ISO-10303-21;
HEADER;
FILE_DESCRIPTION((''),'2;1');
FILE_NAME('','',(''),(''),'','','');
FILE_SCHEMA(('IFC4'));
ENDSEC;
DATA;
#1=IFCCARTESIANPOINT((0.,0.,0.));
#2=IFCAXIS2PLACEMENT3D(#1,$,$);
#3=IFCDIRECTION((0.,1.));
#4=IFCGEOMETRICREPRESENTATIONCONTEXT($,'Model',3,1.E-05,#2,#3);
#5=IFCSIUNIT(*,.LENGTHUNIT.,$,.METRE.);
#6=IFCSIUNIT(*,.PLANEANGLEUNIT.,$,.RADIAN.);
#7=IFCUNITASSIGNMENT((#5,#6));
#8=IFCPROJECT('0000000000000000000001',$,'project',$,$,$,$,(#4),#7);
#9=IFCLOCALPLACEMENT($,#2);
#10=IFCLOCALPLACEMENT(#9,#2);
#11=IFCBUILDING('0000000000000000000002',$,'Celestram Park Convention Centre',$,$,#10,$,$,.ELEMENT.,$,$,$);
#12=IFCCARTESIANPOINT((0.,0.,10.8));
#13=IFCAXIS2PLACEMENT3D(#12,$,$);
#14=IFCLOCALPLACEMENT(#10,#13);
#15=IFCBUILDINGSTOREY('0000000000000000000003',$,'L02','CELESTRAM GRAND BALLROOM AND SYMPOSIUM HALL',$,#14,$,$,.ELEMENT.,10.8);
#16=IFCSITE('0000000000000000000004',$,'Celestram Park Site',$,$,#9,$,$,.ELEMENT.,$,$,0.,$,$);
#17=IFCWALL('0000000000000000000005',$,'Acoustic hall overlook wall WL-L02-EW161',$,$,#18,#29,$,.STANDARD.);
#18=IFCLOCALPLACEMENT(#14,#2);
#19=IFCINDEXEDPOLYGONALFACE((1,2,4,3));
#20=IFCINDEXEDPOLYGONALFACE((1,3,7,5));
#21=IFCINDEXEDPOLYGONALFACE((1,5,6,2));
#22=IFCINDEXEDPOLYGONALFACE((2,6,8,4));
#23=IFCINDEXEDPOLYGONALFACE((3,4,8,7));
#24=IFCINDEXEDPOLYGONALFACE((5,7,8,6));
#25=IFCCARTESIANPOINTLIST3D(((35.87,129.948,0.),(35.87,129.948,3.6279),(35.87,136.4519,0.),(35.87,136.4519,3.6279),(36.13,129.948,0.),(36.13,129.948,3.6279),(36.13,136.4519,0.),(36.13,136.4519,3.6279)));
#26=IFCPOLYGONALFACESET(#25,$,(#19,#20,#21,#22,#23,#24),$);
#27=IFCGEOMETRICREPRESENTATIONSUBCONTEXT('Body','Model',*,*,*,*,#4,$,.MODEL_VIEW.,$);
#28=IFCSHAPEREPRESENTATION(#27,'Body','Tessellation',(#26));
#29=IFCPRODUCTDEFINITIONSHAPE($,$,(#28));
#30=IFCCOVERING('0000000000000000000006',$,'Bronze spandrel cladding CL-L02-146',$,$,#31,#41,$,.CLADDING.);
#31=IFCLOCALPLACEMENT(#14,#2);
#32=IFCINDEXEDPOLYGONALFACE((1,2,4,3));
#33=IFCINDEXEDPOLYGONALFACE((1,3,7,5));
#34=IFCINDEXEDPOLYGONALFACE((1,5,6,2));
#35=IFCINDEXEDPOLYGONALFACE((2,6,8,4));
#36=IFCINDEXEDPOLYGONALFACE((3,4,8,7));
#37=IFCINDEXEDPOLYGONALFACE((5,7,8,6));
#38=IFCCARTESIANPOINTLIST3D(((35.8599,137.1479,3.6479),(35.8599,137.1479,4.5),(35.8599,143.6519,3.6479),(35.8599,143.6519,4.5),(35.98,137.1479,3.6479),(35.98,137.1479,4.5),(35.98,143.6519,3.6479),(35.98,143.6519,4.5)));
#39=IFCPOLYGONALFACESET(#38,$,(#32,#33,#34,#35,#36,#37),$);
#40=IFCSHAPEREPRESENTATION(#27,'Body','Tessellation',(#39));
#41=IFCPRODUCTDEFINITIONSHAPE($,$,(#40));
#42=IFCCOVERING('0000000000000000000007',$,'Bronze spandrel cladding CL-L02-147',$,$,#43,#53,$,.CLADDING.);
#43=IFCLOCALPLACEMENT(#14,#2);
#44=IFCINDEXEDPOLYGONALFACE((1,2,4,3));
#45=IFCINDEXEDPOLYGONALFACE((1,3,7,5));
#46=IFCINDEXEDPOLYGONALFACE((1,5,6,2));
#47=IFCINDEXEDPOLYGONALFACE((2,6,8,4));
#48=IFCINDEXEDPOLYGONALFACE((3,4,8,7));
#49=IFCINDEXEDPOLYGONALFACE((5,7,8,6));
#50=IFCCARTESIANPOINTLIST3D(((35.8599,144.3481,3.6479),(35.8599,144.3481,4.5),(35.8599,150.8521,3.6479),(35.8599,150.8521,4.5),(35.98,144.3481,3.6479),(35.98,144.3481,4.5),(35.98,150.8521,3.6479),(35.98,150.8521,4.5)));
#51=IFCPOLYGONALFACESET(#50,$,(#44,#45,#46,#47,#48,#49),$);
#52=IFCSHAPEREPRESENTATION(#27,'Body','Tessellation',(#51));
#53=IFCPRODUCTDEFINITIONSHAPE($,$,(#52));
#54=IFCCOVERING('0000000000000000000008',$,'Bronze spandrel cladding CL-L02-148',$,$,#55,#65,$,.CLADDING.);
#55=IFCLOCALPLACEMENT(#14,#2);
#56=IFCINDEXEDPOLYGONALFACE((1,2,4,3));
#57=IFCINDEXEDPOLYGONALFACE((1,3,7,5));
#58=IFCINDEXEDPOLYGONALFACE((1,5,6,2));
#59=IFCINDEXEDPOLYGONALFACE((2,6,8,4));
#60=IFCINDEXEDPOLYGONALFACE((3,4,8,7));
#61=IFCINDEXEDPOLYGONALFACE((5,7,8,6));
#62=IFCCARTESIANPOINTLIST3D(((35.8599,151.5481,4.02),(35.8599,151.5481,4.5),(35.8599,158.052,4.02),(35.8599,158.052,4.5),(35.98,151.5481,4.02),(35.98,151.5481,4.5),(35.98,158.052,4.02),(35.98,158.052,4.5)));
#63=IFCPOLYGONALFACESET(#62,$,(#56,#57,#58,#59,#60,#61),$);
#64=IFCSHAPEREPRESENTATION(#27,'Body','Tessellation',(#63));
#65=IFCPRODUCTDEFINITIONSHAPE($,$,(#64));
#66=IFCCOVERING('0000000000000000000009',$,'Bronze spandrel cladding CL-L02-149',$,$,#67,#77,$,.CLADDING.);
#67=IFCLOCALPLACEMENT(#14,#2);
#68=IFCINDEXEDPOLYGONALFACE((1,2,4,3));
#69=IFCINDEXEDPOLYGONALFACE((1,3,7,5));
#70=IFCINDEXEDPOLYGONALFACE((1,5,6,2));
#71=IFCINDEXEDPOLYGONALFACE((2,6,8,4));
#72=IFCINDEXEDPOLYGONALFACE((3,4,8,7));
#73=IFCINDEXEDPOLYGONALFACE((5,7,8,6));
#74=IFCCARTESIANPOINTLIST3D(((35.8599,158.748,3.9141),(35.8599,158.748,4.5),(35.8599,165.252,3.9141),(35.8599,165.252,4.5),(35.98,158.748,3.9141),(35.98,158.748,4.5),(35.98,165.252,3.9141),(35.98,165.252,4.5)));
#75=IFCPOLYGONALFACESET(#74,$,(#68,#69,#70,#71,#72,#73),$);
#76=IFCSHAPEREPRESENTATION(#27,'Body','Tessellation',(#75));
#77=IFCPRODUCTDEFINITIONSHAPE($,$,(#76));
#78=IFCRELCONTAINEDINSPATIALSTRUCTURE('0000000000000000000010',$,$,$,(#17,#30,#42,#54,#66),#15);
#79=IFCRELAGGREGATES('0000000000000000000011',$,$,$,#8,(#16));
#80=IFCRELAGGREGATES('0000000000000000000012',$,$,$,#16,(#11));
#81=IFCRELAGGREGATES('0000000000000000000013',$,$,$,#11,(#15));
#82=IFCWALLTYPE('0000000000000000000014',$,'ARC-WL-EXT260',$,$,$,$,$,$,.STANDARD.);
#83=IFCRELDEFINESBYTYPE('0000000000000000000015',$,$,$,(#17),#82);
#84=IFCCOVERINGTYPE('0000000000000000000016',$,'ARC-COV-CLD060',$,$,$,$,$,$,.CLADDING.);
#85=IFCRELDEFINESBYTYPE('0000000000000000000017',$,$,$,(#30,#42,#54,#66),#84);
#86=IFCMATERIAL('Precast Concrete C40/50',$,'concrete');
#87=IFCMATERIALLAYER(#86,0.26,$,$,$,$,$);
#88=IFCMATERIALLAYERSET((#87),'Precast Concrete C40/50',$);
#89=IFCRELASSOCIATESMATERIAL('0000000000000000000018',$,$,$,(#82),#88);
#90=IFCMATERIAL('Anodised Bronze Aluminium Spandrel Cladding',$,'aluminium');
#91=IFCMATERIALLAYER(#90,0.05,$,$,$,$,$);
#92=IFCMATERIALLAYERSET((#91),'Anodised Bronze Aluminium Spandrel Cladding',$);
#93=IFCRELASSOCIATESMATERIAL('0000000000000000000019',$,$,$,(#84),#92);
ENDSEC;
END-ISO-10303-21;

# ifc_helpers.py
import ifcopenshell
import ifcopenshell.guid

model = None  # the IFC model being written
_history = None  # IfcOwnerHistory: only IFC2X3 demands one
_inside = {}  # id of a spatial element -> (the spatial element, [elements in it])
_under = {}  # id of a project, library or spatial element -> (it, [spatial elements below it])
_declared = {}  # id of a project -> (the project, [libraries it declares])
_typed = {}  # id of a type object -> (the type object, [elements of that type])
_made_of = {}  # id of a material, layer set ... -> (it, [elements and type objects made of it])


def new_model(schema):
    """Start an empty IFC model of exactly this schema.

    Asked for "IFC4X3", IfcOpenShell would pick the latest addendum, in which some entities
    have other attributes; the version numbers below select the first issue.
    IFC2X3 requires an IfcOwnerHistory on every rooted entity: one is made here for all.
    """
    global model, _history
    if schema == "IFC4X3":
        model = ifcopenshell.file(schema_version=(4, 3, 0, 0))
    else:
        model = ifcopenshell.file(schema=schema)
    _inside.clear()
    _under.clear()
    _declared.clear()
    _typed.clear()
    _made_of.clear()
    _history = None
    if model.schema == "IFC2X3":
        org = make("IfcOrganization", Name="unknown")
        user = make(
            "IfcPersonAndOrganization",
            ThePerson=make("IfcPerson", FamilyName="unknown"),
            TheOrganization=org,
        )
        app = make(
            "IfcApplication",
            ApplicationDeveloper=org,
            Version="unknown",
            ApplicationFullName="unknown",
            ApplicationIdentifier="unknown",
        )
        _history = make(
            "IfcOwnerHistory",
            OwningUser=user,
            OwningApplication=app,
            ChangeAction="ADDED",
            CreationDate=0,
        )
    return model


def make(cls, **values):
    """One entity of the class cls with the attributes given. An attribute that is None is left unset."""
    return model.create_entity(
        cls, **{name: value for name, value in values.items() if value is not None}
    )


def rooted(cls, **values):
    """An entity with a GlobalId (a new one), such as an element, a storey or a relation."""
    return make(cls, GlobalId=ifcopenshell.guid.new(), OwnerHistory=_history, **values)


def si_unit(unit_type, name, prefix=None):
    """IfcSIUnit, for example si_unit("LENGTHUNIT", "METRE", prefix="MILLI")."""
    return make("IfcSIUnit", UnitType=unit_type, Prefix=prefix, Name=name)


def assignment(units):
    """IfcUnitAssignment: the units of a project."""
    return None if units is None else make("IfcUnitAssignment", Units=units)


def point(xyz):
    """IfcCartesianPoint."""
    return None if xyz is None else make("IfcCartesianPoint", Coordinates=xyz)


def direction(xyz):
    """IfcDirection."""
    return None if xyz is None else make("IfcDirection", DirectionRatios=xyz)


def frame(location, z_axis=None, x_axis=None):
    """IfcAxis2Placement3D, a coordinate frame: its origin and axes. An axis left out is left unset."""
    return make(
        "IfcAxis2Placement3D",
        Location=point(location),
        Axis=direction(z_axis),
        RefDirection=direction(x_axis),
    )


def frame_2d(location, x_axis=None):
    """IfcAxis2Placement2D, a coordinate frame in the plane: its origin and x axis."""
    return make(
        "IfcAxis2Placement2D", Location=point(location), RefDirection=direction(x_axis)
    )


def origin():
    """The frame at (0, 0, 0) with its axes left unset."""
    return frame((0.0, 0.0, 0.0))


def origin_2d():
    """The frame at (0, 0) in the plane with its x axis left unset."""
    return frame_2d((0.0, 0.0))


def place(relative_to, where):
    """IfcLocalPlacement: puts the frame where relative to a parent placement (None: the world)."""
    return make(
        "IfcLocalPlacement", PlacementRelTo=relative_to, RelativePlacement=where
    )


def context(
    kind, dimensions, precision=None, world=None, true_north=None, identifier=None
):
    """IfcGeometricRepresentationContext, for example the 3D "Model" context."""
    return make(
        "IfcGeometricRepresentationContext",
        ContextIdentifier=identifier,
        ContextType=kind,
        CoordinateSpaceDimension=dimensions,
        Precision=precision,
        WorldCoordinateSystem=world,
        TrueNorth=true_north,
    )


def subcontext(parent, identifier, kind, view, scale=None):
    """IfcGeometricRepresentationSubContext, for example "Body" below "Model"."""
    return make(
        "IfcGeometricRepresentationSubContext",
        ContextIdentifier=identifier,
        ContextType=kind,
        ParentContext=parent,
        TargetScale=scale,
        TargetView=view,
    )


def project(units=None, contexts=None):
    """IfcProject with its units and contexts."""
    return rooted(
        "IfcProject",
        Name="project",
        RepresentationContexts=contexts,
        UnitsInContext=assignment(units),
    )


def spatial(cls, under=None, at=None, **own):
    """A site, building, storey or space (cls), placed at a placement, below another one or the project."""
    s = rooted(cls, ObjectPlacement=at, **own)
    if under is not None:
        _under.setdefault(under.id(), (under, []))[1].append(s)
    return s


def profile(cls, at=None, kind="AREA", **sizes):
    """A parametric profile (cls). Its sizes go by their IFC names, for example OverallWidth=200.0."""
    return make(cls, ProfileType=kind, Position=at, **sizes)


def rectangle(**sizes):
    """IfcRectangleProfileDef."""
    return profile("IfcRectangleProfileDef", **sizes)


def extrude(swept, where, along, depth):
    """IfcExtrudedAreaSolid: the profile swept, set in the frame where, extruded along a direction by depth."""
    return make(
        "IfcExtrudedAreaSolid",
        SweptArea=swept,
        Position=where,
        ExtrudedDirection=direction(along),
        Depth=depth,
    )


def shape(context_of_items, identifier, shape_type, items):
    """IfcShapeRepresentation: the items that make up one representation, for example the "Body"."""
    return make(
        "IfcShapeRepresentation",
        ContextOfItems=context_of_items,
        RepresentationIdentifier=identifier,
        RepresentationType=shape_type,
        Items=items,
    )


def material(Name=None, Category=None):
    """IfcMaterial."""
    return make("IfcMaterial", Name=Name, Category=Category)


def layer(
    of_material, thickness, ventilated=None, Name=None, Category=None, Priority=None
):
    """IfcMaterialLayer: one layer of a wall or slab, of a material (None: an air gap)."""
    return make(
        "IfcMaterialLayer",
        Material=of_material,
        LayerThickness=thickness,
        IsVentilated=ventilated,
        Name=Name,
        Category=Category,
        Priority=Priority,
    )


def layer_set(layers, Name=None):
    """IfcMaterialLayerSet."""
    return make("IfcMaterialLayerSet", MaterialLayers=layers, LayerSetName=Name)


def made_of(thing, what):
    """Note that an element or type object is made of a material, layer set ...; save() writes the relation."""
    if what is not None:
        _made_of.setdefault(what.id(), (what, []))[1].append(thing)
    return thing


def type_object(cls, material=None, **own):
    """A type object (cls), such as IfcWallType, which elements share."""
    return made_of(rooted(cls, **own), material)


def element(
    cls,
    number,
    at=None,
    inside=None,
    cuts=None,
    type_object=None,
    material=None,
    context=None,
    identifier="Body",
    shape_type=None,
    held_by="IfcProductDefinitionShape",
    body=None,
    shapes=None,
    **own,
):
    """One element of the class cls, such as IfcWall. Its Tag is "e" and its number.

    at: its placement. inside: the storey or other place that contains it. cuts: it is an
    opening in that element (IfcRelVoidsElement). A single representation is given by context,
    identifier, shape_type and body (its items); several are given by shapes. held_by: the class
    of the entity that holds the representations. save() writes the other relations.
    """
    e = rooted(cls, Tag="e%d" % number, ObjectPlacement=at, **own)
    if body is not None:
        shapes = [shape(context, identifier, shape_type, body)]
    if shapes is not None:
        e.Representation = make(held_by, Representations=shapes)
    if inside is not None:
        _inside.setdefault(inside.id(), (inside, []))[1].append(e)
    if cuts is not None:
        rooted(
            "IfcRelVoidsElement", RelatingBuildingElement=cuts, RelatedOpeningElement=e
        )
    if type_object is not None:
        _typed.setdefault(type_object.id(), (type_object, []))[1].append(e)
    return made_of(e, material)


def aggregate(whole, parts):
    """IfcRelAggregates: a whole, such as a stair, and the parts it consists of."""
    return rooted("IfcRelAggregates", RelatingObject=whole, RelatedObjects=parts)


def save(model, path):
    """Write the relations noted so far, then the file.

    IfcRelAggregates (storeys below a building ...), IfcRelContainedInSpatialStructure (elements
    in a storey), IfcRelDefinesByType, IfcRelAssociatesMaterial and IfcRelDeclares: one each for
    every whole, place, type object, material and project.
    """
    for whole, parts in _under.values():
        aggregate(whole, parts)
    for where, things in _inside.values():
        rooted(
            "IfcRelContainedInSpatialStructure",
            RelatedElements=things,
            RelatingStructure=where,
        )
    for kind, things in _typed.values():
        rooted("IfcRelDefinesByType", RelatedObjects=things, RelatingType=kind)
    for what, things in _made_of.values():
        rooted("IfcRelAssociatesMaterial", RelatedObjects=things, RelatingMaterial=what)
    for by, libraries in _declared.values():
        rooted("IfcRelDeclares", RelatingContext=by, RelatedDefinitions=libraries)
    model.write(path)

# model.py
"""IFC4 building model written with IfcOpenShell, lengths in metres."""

from ifc_helpers import new_model, si_unit, direction, frame, frame_2d, origin, origin_2d, place, context, subcontext, project, spatial, rectangle, extrude, material, layer, layer_set, type_object, element, save


model = new_model("IFC4")

# Units and contexts
model_context = context("Model", 3, precision=1e-05, world=origin(), true_north=direction((0.0, 1.0)))
body_context = subcontext(model_context, "Body", "Model", "MODEL_VIEW")
ifc_project = project(units=[si_unit("LENGTHUNIT", "METRE"), si_unit("PLANEANGLEUNIT", "RADIAN")], contexts=[model_context])

# Site, building, storey
site_placement = place(None, origin())
site = spatial("IfcSite", under=ifc_project, at=site_placement, Name="Celestram Park Site", CompositionType="ELEMENT", RefElevation=0.0)
building_placement = place(site_placement, origin())
building = spatial("IfcBuilding", under=site, at=building_placement, Name="Celestram Park Convention Centre", CompositionType="ELEMENT")
storey_placement = place(building_placement, frame((0.0, 0.0, 10.8)))
storey = spatial("IfcBuildingStorey", under=building, at=storey_placement, Name="L02", Description="CELESTRAM GRAND BALLROOM AND SYMPOSIUM HALL", CompositionType="ELEMENT", Elevation=10.8)

# Wall
ifc_material_1 = material(Name="Precast Concrete C40/50", Category="concrete")
ifc_layer_1 = layer(ifc_material_1, 0.26)
ifc_layer_set_1 = layer_set([ifc_layer_1], Name="Precast Concrete C40/50")
wall_type = type_object("IfcWallType", Name="ARC-WL-EXT260", PredefinedType="STANDARD", material=ifc_layer_set_1)
wall_placement = place(storey_placement, frame((36.0, 129.948, 0.0), z_axis=(0.0, 0.0, 1.0), x_axis=(0.0, 1.0, 0.0)))
element("IfcWall", 1, at=wall_placement, inside=storey, type_object=wall_type, Name="Acoustic hall overlook wall WL-L02-EW161", PredefinedType="STANDARD", context=body_context, shape_type="SweptSolid", body=[
    extrude(rectangle(XDim=6.5039, YDim=0.26, at=frame_2d((3.252, 0.0))), origin(), (0.0, 0.0, 1.0), 3.6279),
])

# Coverings
ifc_material_2 = material(Name="Anodised Bronze Aluminium Spandrel Cladding", Category="aluminium")
ifc_layer_2 = layer(ifc_material_2, 0.05)
ifc_layer_set_2 = layer_set([ifc_layer_2], Name="Anodised Bronze Aluminium Spandrel Cladding")
covering_type = type_object("IfcCoveringType", Name="ARC-COV-CLD060", PredefinedType="CLADDING", material=ifc_layer_set_2)
for number, where, z_axis, x_axis, name in (
    (2, (35.9199, 140.3999, 3.6479), (0.0, 0.0, 1.0), (0.0, 1.0, 0.0), "Bronze spandrel cladding CL-L02-146"),
    (3, (35.9199, 147.6001, 3.6479), (0.0, 0.0, 1.0), (0.0, 1.0, 0.0), "Bronze spandrel cladding CL-L02-147"),
):
    element("IfcCovering", number, at=place(storey_placement, frame(where, z_axis=z_axis, x_axis=x_axis)), inside=storey, type_object=covering_type, Name=name, PredefinedType="CLADDING", context=body_context, shape_type="SweptSolid", body=[
        extrude(rectangle(XDim=6.5039, YDim=0.1201, at=origin_2d()), origin(), (0.0, 0.0, 1.0), 0.8521),
    ])
covering_1_placement = place(storey_placement, frame((35.9199, 154.8, 4.02), z_axis=(0.0, 0.0, 1.0), x_axis=(0.0, 1.0, 0.0)))
element("IfcCovering", 4, at=covering_1_placement, inside=storey, type_object=covering_type, Name="Bronze spandrel cladding CL-L02-148", PredefinedType="CLADDING", context=body_context, shape_type="SweptSolid", body=[
    extrude(rectangle(XDim=6.5039, YDim=0.1201, at=origin_2d()), origin(), (0.0, 0.0, 1.0), 0.48),
])
covering_2_placement = place(storey_placement, frame((35.9199, 162.0, 3.9141), z_axis=(0.0, 0.0, 1.0), x_axis=(0.0, 1.0, 0.0)))
element("IfcCovering", 5, at=covering_2_placement, inside=storey, type_object=covering_type, Name="Bronze spandrel cladding CL-L02-149", PredefinedType="CLADDING", context=body_context, shape_type="SweptSolid", body=[
    extrude(rectangle(XDim=6.5039, YDim=0.1201, at=origin_2d()), origin(), (0.0, 0.0, 1.0), 0.5859),
])

save(model, "model.ifc")
